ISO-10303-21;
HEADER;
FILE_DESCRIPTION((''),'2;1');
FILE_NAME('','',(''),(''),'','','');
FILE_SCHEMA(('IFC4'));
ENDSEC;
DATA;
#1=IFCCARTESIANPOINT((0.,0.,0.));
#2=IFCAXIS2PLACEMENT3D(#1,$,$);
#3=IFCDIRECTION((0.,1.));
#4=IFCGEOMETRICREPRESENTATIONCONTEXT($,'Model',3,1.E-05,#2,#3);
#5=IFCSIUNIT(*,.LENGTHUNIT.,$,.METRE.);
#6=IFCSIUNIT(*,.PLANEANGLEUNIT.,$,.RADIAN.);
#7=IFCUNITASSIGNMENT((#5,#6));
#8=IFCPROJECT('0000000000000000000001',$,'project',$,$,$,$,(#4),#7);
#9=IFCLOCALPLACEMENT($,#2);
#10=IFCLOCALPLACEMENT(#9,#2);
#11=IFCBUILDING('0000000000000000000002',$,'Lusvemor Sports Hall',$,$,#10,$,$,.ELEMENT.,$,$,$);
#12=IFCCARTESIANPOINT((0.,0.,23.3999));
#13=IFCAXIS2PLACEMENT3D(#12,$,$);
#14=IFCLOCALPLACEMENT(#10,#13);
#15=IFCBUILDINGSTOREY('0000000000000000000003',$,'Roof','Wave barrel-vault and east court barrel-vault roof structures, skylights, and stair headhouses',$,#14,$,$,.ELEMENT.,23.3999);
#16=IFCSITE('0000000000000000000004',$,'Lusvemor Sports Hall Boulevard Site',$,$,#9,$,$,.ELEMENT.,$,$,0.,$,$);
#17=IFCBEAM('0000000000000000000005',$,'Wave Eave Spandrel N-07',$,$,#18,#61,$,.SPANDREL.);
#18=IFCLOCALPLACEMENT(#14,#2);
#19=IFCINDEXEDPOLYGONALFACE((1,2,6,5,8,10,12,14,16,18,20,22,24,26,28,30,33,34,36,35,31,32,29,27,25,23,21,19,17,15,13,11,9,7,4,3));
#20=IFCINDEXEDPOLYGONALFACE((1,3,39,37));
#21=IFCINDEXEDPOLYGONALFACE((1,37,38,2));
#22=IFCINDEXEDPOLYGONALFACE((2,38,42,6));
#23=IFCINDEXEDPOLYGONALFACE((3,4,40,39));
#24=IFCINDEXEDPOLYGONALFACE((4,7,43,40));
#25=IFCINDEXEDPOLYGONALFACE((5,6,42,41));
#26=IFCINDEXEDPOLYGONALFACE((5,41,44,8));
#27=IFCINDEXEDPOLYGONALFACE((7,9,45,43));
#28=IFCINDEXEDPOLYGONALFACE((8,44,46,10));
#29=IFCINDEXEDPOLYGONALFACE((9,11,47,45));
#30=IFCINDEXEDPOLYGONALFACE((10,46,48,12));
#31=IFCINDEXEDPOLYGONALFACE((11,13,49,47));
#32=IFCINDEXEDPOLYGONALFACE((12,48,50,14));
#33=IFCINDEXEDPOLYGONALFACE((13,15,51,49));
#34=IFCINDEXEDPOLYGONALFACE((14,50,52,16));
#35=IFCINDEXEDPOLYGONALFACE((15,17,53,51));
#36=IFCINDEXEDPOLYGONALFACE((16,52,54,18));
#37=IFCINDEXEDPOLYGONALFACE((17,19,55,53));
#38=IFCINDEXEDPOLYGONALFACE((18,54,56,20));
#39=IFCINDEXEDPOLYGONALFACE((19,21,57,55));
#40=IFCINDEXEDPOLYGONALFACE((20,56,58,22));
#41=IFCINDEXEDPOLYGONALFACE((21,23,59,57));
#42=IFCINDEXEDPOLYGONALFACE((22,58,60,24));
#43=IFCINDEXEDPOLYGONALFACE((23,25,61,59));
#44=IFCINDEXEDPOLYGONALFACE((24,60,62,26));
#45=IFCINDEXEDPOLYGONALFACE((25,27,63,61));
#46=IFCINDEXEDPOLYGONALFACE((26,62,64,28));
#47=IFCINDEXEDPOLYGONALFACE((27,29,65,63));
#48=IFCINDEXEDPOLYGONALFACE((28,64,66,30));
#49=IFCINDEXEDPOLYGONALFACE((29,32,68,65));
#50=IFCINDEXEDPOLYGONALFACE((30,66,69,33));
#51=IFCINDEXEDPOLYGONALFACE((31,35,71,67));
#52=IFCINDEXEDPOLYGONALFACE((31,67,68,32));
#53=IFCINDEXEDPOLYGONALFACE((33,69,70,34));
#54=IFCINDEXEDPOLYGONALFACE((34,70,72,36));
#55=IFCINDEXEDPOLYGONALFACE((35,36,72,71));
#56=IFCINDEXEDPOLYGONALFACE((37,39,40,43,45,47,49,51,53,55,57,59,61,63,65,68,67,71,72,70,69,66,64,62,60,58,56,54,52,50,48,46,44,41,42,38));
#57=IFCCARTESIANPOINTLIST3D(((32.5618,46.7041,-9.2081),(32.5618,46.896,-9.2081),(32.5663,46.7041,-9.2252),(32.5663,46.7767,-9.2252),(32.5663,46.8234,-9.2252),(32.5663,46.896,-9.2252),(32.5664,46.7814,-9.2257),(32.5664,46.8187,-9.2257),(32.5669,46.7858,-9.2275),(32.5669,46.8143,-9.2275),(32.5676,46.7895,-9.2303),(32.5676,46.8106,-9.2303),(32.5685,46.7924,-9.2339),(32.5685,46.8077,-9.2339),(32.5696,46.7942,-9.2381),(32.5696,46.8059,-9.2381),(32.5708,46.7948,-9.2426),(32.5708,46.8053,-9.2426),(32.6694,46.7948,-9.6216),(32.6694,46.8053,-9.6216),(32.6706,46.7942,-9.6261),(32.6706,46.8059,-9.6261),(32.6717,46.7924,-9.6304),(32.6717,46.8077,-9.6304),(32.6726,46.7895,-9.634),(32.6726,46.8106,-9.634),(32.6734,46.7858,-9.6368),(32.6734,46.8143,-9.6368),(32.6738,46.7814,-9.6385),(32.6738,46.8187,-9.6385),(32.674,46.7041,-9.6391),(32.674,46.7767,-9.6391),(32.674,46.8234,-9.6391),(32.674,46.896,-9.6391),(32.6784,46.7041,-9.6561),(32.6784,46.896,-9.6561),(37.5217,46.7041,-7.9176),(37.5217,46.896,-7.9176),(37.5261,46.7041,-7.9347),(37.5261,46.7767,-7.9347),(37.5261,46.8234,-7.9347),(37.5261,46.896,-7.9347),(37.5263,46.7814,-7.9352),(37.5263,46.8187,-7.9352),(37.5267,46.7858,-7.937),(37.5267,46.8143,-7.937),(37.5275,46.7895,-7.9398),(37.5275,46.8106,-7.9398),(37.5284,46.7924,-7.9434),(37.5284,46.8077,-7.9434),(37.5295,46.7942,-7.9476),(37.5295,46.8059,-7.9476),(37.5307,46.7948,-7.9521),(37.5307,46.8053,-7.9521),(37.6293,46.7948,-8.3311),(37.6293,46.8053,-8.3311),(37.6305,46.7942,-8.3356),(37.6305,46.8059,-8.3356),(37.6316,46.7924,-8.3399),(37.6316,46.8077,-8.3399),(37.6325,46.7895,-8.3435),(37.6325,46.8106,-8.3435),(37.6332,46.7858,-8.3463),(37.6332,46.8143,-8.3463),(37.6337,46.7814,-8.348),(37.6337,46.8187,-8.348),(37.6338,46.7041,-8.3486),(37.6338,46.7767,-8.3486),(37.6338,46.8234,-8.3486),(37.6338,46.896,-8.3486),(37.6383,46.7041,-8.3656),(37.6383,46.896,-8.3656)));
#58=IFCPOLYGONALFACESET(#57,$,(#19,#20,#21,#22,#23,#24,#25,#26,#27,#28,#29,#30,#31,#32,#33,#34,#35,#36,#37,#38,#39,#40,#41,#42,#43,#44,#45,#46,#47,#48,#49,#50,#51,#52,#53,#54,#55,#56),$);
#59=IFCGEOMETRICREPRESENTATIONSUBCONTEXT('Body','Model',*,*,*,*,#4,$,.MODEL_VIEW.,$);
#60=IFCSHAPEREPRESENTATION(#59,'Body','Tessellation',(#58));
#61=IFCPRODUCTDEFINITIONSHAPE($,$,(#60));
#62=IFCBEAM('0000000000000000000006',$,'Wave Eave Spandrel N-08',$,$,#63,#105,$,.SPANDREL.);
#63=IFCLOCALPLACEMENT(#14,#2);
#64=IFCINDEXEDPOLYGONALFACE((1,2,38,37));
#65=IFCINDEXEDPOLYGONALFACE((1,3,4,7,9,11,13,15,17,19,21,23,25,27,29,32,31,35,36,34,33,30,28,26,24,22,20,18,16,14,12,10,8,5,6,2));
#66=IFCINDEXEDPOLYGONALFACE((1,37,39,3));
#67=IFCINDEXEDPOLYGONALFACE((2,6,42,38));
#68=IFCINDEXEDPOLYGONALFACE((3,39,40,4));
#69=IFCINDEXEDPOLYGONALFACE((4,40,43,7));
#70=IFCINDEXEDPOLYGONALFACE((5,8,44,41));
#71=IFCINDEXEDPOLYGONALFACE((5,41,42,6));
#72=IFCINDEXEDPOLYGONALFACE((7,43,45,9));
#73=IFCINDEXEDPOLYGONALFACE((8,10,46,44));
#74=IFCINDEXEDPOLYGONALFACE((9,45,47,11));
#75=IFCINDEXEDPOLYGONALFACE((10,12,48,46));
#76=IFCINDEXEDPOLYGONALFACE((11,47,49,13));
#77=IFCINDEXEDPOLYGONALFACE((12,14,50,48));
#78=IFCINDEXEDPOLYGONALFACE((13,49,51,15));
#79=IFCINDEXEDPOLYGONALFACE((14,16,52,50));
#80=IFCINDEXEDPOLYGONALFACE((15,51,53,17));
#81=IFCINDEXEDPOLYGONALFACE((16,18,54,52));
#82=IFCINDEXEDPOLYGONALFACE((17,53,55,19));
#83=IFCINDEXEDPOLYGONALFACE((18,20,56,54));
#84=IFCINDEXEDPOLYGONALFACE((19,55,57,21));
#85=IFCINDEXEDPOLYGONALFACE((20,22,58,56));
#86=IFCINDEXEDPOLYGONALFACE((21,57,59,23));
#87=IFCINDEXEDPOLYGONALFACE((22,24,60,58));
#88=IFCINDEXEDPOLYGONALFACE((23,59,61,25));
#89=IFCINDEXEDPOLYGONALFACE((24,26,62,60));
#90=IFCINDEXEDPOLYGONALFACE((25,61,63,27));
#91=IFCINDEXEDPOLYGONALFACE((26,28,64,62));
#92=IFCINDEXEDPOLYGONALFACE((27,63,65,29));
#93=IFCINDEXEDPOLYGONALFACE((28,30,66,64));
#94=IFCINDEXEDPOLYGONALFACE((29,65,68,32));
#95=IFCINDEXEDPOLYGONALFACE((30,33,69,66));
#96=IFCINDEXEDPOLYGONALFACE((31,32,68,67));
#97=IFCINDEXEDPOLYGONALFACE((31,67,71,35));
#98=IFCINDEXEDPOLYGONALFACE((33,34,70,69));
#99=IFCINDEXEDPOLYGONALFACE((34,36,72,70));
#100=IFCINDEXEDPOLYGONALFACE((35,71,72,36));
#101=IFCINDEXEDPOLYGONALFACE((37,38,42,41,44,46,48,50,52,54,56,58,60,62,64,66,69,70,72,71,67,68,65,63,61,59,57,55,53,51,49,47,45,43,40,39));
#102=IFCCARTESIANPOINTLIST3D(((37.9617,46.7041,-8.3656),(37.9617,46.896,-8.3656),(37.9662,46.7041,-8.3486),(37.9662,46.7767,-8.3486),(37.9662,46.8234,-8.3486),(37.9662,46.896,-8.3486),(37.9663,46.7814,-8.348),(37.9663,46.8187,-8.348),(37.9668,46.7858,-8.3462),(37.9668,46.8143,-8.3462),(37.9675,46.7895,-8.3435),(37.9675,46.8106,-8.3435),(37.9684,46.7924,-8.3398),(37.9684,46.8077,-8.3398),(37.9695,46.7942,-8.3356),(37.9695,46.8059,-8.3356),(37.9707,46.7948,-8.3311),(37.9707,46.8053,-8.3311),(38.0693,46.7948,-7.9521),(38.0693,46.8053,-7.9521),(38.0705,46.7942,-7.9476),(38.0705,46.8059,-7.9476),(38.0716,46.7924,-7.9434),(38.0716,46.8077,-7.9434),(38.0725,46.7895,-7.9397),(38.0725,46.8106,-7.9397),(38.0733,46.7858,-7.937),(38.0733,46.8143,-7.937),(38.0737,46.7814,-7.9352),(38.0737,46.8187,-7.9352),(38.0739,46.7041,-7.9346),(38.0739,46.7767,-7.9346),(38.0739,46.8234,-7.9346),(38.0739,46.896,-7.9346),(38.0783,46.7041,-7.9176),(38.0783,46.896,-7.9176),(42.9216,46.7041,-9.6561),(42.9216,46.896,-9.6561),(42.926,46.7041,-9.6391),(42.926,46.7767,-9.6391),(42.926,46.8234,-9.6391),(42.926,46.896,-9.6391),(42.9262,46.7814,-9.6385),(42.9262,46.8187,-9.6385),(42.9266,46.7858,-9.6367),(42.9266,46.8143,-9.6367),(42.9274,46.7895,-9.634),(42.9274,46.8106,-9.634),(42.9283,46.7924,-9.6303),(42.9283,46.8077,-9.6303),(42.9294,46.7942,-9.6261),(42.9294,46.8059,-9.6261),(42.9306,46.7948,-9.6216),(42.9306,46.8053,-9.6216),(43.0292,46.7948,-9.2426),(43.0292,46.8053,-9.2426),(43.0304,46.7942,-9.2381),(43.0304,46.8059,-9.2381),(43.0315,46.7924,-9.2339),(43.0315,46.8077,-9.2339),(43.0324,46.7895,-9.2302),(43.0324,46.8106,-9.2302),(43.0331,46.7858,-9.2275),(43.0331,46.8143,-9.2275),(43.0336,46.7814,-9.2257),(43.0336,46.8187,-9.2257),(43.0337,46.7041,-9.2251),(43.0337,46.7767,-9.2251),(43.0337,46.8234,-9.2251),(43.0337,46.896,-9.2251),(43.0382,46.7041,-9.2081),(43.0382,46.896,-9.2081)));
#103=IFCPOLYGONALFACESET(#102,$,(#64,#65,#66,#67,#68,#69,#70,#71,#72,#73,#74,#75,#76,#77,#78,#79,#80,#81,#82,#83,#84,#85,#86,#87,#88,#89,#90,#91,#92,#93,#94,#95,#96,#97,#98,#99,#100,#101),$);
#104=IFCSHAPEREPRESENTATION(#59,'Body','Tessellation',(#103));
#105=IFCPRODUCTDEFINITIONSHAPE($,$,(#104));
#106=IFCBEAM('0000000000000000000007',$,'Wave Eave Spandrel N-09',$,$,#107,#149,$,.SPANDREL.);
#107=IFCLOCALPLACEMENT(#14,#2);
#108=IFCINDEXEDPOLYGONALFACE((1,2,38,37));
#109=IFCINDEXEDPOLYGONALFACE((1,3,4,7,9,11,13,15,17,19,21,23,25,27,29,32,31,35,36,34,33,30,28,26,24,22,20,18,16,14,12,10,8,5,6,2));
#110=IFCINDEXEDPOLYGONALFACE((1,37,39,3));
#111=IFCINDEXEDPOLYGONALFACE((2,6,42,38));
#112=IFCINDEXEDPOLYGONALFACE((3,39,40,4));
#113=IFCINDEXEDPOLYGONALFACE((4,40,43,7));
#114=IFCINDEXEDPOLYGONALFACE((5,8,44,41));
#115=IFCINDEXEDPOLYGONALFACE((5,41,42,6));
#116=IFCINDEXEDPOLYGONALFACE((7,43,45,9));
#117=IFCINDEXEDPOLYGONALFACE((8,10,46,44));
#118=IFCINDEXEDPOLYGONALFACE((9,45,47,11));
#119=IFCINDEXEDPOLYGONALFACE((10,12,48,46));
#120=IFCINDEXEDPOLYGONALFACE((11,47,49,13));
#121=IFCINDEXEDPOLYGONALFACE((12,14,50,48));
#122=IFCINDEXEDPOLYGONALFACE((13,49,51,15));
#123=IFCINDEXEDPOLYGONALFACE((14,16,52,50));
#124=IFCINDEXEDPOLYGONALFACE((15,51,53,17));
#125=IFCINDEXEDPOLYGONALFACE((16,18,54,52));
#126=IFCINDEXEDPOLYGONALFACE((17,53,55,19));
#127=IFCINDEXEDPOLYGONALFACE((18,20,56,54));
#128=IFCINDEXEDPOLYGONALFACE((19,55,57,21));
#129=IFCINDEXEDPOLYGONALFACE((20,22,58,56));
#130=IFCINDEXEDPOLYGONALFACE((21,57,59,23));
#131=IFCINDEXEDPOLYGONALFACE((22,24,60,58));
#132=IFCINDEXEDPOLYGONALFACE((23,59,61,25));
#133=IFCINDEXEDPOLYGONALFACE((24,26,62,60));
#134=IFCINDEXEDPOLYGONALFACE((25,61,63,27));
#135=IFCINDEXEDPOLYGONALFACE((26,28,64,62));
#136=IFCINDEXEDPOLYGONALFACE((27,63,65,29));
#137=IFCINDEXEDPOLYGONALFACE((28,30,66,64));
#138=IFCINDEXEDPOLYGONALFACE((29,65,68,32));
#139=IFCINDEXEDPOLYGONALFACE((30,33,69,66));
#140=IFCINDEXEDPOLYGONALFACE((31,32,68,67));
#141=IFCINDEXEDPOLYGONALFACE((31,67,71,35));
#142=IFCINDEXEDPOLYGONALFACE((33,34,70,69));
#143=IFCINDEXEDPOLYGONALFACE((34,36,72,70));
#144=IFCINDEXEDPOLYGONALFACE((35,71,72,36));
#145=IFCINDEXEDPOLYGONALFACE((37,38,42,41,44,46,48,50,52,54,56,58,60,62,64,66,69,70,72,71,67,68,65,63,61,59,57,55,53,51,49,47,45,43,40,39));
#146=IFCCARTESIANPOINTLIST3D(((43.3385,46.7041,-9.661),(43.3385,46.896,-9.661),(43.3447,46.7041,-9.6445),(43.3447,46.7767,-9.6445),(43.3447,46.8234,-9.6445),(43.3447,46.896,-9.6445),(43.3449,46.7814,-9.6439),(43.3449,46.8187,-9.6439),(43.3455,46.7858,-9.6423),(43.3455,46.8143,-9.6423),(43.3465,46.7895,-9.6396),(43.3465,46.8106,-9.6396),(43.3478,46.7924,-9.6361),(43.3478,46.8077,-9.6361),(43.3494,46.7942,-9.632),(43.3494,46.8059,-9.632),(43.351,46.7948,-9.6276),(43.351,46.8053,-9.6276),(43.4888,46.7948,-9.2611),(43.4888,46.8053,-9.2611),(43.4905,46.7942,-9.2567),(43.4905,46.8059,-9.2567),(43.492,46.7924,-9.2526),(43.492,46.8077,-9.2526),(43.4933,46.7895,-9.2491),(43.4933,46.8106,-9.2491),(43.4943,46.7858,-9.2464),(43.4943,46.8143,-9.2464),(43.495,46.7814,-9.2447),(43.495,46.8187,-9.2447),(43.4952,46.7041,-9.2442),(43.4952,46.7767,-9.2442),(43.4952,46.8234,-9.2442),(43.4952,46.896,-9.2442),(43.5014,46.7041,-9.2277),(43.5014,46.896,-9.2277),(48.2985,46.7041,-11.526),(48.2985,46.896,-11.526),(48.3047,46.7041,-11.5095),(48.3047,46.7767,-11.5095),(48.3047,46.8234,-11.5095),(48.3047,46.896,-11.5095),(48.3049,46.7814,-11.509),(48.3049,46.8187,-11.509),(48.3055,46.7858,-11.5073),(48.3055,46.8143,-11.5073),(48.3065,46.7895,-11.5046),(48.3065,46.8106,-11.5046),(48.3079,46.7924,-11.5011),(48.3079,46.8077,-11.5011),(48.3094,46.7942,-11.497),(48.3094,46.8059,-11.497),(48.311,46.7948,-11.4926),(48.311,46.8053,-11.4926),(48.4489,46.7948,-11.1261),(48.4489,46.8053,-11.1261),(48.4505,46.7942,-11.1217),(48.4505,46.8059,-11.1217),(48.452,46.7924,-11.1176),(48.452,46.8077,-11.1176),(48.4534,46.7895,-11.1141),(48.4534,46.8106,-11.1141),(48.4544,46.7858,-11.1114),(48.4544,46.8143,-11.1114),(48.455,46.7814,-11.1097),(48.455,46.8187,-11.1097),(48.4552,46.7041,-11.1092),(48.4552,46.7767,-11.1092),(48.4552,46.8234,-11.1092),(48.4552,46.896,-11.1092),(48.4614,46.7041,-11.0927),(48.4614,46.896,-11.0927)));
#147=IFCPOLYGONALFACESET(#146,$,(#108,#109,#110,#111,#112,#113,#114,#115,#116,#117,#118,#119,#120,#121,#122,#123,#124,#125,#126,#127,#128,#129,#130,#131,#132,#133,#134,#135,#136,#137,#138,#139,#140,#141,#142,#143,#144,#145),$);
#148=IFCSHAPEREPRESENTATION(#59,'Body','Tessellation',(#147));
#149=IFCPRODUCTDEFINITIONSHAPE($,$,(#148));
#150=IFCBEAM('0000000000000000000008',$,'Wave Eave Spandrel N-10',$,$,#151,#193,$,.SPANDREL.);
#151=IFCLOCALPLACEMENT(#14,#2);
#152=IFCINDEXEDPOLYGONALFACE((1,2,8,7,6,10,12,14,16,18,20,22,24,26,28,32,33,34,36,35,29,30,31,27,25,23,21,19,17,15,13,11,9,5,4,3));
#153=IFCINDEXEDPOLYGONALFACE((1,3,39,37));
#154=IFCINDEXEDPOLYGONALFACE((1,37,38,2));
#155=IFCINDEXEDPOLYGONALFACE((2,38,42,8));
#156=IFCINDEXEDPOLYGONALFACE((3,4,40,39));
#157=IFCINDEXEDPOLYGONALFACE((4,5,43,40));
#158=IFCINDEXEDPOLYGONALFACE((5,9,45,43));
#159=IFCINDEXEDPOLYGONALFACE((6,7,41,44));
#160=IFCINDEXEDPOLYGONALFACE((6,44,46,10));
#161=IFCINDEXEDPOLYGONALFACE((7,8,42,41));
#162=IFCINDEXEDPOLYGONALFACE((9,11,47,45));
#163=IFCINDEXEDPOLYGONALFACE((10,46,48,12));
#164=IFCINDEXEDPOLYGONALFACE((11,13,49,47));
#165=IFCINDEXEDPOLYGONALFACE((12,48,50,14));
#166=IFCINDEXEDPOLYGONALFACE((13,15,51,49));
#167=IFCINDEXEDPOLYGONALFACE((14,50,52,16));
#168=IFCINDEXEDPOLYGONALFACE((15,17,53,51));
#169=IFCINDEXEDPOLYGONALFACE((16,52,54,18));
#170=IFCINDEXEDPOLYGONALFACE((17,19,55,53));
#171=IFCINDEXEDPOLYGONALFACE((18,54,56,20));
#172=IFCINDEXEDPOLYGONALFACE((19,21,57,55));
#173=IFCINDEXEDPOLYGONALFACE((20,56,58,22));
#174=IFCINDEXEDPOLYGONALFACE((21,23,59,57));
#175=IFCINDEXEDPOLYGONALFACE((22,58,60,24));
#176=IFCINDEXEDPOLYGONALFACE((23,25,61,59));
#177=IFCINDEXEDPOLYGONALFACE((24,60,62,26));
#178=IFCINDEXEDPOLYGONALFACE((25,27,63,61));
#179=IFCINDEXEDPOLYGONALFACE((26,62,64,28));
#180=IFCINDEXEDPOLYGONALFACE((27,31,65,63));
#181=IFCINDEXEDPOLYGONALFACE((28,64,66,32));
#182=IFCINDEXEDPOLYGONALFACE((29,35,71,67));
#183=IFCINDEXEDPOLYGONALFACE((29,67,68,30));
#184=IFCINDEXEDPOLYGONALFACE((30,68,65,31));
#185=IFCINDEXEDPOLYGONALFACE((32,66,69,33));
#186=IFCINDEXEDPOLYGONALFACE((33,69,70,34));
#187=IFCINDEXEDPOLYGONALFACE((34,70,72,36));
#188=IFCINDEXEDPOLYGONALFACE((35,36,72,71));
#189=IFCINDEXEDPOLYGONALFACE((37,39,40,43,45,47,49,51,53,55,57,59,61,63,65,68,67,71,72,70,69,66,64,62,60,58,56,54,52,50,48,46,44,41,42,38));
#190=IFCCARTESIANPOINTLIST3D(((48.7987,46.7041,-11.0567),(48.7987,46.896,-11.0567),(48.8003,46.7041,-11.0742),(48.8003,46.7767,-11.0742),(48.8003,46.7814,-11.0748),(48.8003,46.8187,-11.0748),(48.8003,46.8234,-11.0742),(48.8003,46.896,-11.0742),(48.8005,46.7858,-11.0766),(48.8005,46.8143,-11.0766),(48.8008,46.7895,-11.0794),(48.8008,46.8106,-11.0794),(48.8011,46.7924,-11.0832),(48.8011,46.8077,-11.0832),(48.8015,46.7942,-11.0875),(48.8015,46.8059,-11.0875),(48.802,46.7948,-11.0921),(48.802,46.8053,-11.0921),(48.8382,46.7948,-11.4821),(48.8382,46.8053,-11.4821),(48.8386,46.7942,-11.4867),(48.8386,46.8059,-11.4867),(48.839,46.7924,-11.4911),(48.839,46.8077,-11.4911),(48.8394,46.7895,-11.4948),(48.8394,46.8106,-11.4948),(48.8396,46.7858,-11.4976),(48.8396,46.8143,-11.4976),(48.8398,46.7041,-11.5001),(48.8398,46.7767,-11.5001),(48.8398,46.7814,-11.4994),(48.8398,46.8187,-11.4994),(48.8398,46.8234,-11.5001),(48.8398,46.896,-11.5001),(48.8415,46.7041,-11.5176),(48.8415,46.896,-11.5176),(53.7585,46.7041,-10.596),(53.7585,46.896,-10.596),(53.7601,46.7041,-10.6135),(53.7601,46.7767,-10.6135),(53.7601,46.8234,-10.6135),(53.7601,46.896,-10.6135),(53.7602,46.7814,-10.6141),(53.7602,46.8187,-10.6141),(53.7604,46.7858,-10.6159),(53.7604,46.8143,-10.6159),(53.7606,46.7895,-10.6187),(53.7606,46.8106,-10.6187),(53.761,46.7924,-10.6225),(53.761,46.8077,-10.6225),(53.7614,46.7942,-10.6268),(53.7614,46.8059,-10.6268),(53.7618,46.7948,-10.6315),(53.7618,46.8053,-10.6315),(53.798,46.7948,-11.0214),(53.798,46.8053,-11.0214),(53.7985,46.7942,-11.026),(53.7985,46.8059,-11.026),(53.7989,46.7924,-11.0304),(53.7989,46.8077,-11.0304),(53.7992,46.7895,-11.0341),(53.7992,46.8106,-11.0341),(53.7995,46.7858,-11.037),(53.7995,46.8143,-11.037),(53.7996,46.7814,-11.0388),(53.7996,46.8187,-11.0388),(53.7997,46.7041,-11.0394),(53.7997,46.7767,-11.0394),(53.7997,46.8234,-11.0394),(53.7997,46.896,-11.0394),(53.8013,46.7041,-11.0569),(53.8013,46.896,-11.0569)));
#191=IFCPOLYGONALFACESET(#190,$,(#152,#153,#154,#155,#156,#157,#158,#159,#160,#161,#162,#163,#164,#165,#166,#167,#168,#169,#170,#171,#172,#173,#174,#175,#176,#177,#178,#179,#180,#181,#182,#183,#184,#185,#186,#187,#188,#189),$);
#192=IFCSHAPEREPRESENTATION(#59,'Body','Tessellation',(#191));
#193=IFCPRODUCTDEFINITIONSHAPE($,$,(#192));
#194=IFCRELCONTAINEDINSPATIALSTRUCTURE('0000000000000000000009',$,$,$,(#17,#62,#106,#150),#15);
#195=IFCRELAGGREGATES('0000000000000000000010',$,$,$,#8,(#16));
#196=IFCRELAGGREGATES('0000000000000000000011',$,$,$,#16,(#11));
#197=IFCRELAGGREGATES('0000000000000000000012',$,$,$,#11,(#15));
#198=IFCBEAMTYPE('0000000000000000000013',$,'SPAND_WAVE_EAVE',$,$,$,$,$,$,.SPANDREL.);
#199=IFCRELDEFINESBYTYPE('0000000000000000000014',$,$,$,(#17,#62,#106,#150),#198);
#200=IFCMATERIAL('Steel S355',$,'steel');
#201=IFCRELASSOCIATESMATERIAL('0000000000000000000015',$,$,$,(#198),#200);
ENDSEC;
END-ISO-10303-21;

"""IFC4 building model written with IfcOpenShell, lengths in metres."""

from ifc_helpers import new_model, si_unit, direction, frame, origin, origin_2d, place, context, subcontext, project, spatial, i_section, extrude, material, material_profile, profile_set, type_object, element, save


model = new_model("IFC4")

# Units and contexts
model_context = context("Model", 3, precision=1e-05, world=origin(), true_north=direction((0.0, 1.0)))
body_context = subcontext(model_context, "Body", "Model", "MODEL_VIEW")
ifc_project = project(units=[si_unit("LENGTHUNIT", "METRE"), si_unit("PLANEANGLEUNIT", "RADIAN")], contexts=[model_context])

# Site, building, storey
site_placement = place(None, origin())
site = spatial("IfcSite", under=ifc_project, at=site_placement, Name="Lusvemor Sports Hall Boulevard Site", CompositionType="ELEMENT", RefElevation=0.0)
building_placement = place(site_placement, origin())
building = spatial("IfcBuilding", under=site, at=building_placement, Name="Lusvemor Sports Hall", CompositionType="ELEMENT")
storey_placement = place(building_placement, frame((0.0, 0.0, 23.3999)))
storey = spatial("IfcBuildingStorey", under=building, at=storey_placement, Name="Roof", Description="Wave barrel-vault and east court barrel-vault roof structures, skylights, and stair headhouses", CompositionType="ELEMENT", Elevation=23.3999)

# Beams
ifc_material_1 = material(Name="Steel S355", Category="steel")
ifc_material_profile_1 = material_profile(ifc_material_1, i_section(OverallWidth=0.1919, OverallDepth=0.4629, WebThickness=0.0105, FlangeThickness=0.0176, FilletRadius=0.0181, at=origin_2d()), Name="W460x89.0")
ifc_profile_set_1 = profile_set([ifc_material_profile_1], Name="Steel S355")
beam_type_1 = type_object("IfcBeamType", Name="SPAND_WAVE_EAVE", PredefinedType="SPANDREL", material=ifc_profile_set_1)
for number, where, z_axis, x_axis, name in (
    (1, (32.6201, 46.8, -9.4321), (0.967778, 0.0, 0.251805), (0.0, 1.0, 0.0), "Wave Eave Spandrel N-07"),
    (2, (38.02, 46.8, -8.1416), (0.967778, 0.0, -0.251805), (0.0, 1.0, 0.0), "Wave Eave Spandrel N-08"),
):
    element("IfcBeam", number, at=place(storey_placement, frame(where, z_axis=z_axis, x_axis=x_axis)), inside=storey, type_object=beam_type_1, Name=name, PredefinedType="SPANDREL", context=body_context, shape_type="SweptSolid", body=[
        extrude(i_section(OverallWidth=0.1919, OverallDepth=0.4629, WebThickness=0.0105, FlangeThickness=0.0176, FilletRadius=0.0181, at=origin_2d()), origin(), (0.0, 0.0, 1.0), 5.125),
    ])
beam_1_placement = place(storey_placement, frame((43.4199, 46.8, -9.4443), z_axis=(0.936018, 0.0, -0.351951), x_axis=(0.0, 1.0, 0.0)))
element("IfcBeam", 3, at=beam_1_placement, inside=storey, type_object=beam_type_1, Name="Wave Eave Spandrel N-09", PredefinedType="SPANDREL", context=body_context, shape_type="SweptSolid", body=[
    extrude(i_section(OverallWidth=0.1919, OverallDepth=0.4629, WebThickness=0.0105, FlangeThickness=0.0176, FilletRadius=0.0181, at=origin_2d()), origin(), (0.0, 0.0, 1.0), 5.2991),
])
beam_2_placement = place(storey_placement, frame((48.8201, 46.8, -11.2871), z_axis=(0.995714, 0.0, 0.092484), x_axis=(0.0, 1.0, 0.0)))
element("IfcBeam", 4, at=beam_2_placement, inside=storey, type_object=beam_type_1, Name="Wave Eave Spandrel N-10", PredefinedType="SPANDREL", context=body_context, shape_type="SweptSolid", body=[
    extrude(i_section(OverallWidth=0.1919, OverallDepth=0.4629, WebThickness=0.0105, FlangeThickness=0.0176, FilletRadius=0.0181, at=origin_2d()), origin(), (0.0, 0.0, 1.0), 4.9812),
])

save(model, "model.ifc")
